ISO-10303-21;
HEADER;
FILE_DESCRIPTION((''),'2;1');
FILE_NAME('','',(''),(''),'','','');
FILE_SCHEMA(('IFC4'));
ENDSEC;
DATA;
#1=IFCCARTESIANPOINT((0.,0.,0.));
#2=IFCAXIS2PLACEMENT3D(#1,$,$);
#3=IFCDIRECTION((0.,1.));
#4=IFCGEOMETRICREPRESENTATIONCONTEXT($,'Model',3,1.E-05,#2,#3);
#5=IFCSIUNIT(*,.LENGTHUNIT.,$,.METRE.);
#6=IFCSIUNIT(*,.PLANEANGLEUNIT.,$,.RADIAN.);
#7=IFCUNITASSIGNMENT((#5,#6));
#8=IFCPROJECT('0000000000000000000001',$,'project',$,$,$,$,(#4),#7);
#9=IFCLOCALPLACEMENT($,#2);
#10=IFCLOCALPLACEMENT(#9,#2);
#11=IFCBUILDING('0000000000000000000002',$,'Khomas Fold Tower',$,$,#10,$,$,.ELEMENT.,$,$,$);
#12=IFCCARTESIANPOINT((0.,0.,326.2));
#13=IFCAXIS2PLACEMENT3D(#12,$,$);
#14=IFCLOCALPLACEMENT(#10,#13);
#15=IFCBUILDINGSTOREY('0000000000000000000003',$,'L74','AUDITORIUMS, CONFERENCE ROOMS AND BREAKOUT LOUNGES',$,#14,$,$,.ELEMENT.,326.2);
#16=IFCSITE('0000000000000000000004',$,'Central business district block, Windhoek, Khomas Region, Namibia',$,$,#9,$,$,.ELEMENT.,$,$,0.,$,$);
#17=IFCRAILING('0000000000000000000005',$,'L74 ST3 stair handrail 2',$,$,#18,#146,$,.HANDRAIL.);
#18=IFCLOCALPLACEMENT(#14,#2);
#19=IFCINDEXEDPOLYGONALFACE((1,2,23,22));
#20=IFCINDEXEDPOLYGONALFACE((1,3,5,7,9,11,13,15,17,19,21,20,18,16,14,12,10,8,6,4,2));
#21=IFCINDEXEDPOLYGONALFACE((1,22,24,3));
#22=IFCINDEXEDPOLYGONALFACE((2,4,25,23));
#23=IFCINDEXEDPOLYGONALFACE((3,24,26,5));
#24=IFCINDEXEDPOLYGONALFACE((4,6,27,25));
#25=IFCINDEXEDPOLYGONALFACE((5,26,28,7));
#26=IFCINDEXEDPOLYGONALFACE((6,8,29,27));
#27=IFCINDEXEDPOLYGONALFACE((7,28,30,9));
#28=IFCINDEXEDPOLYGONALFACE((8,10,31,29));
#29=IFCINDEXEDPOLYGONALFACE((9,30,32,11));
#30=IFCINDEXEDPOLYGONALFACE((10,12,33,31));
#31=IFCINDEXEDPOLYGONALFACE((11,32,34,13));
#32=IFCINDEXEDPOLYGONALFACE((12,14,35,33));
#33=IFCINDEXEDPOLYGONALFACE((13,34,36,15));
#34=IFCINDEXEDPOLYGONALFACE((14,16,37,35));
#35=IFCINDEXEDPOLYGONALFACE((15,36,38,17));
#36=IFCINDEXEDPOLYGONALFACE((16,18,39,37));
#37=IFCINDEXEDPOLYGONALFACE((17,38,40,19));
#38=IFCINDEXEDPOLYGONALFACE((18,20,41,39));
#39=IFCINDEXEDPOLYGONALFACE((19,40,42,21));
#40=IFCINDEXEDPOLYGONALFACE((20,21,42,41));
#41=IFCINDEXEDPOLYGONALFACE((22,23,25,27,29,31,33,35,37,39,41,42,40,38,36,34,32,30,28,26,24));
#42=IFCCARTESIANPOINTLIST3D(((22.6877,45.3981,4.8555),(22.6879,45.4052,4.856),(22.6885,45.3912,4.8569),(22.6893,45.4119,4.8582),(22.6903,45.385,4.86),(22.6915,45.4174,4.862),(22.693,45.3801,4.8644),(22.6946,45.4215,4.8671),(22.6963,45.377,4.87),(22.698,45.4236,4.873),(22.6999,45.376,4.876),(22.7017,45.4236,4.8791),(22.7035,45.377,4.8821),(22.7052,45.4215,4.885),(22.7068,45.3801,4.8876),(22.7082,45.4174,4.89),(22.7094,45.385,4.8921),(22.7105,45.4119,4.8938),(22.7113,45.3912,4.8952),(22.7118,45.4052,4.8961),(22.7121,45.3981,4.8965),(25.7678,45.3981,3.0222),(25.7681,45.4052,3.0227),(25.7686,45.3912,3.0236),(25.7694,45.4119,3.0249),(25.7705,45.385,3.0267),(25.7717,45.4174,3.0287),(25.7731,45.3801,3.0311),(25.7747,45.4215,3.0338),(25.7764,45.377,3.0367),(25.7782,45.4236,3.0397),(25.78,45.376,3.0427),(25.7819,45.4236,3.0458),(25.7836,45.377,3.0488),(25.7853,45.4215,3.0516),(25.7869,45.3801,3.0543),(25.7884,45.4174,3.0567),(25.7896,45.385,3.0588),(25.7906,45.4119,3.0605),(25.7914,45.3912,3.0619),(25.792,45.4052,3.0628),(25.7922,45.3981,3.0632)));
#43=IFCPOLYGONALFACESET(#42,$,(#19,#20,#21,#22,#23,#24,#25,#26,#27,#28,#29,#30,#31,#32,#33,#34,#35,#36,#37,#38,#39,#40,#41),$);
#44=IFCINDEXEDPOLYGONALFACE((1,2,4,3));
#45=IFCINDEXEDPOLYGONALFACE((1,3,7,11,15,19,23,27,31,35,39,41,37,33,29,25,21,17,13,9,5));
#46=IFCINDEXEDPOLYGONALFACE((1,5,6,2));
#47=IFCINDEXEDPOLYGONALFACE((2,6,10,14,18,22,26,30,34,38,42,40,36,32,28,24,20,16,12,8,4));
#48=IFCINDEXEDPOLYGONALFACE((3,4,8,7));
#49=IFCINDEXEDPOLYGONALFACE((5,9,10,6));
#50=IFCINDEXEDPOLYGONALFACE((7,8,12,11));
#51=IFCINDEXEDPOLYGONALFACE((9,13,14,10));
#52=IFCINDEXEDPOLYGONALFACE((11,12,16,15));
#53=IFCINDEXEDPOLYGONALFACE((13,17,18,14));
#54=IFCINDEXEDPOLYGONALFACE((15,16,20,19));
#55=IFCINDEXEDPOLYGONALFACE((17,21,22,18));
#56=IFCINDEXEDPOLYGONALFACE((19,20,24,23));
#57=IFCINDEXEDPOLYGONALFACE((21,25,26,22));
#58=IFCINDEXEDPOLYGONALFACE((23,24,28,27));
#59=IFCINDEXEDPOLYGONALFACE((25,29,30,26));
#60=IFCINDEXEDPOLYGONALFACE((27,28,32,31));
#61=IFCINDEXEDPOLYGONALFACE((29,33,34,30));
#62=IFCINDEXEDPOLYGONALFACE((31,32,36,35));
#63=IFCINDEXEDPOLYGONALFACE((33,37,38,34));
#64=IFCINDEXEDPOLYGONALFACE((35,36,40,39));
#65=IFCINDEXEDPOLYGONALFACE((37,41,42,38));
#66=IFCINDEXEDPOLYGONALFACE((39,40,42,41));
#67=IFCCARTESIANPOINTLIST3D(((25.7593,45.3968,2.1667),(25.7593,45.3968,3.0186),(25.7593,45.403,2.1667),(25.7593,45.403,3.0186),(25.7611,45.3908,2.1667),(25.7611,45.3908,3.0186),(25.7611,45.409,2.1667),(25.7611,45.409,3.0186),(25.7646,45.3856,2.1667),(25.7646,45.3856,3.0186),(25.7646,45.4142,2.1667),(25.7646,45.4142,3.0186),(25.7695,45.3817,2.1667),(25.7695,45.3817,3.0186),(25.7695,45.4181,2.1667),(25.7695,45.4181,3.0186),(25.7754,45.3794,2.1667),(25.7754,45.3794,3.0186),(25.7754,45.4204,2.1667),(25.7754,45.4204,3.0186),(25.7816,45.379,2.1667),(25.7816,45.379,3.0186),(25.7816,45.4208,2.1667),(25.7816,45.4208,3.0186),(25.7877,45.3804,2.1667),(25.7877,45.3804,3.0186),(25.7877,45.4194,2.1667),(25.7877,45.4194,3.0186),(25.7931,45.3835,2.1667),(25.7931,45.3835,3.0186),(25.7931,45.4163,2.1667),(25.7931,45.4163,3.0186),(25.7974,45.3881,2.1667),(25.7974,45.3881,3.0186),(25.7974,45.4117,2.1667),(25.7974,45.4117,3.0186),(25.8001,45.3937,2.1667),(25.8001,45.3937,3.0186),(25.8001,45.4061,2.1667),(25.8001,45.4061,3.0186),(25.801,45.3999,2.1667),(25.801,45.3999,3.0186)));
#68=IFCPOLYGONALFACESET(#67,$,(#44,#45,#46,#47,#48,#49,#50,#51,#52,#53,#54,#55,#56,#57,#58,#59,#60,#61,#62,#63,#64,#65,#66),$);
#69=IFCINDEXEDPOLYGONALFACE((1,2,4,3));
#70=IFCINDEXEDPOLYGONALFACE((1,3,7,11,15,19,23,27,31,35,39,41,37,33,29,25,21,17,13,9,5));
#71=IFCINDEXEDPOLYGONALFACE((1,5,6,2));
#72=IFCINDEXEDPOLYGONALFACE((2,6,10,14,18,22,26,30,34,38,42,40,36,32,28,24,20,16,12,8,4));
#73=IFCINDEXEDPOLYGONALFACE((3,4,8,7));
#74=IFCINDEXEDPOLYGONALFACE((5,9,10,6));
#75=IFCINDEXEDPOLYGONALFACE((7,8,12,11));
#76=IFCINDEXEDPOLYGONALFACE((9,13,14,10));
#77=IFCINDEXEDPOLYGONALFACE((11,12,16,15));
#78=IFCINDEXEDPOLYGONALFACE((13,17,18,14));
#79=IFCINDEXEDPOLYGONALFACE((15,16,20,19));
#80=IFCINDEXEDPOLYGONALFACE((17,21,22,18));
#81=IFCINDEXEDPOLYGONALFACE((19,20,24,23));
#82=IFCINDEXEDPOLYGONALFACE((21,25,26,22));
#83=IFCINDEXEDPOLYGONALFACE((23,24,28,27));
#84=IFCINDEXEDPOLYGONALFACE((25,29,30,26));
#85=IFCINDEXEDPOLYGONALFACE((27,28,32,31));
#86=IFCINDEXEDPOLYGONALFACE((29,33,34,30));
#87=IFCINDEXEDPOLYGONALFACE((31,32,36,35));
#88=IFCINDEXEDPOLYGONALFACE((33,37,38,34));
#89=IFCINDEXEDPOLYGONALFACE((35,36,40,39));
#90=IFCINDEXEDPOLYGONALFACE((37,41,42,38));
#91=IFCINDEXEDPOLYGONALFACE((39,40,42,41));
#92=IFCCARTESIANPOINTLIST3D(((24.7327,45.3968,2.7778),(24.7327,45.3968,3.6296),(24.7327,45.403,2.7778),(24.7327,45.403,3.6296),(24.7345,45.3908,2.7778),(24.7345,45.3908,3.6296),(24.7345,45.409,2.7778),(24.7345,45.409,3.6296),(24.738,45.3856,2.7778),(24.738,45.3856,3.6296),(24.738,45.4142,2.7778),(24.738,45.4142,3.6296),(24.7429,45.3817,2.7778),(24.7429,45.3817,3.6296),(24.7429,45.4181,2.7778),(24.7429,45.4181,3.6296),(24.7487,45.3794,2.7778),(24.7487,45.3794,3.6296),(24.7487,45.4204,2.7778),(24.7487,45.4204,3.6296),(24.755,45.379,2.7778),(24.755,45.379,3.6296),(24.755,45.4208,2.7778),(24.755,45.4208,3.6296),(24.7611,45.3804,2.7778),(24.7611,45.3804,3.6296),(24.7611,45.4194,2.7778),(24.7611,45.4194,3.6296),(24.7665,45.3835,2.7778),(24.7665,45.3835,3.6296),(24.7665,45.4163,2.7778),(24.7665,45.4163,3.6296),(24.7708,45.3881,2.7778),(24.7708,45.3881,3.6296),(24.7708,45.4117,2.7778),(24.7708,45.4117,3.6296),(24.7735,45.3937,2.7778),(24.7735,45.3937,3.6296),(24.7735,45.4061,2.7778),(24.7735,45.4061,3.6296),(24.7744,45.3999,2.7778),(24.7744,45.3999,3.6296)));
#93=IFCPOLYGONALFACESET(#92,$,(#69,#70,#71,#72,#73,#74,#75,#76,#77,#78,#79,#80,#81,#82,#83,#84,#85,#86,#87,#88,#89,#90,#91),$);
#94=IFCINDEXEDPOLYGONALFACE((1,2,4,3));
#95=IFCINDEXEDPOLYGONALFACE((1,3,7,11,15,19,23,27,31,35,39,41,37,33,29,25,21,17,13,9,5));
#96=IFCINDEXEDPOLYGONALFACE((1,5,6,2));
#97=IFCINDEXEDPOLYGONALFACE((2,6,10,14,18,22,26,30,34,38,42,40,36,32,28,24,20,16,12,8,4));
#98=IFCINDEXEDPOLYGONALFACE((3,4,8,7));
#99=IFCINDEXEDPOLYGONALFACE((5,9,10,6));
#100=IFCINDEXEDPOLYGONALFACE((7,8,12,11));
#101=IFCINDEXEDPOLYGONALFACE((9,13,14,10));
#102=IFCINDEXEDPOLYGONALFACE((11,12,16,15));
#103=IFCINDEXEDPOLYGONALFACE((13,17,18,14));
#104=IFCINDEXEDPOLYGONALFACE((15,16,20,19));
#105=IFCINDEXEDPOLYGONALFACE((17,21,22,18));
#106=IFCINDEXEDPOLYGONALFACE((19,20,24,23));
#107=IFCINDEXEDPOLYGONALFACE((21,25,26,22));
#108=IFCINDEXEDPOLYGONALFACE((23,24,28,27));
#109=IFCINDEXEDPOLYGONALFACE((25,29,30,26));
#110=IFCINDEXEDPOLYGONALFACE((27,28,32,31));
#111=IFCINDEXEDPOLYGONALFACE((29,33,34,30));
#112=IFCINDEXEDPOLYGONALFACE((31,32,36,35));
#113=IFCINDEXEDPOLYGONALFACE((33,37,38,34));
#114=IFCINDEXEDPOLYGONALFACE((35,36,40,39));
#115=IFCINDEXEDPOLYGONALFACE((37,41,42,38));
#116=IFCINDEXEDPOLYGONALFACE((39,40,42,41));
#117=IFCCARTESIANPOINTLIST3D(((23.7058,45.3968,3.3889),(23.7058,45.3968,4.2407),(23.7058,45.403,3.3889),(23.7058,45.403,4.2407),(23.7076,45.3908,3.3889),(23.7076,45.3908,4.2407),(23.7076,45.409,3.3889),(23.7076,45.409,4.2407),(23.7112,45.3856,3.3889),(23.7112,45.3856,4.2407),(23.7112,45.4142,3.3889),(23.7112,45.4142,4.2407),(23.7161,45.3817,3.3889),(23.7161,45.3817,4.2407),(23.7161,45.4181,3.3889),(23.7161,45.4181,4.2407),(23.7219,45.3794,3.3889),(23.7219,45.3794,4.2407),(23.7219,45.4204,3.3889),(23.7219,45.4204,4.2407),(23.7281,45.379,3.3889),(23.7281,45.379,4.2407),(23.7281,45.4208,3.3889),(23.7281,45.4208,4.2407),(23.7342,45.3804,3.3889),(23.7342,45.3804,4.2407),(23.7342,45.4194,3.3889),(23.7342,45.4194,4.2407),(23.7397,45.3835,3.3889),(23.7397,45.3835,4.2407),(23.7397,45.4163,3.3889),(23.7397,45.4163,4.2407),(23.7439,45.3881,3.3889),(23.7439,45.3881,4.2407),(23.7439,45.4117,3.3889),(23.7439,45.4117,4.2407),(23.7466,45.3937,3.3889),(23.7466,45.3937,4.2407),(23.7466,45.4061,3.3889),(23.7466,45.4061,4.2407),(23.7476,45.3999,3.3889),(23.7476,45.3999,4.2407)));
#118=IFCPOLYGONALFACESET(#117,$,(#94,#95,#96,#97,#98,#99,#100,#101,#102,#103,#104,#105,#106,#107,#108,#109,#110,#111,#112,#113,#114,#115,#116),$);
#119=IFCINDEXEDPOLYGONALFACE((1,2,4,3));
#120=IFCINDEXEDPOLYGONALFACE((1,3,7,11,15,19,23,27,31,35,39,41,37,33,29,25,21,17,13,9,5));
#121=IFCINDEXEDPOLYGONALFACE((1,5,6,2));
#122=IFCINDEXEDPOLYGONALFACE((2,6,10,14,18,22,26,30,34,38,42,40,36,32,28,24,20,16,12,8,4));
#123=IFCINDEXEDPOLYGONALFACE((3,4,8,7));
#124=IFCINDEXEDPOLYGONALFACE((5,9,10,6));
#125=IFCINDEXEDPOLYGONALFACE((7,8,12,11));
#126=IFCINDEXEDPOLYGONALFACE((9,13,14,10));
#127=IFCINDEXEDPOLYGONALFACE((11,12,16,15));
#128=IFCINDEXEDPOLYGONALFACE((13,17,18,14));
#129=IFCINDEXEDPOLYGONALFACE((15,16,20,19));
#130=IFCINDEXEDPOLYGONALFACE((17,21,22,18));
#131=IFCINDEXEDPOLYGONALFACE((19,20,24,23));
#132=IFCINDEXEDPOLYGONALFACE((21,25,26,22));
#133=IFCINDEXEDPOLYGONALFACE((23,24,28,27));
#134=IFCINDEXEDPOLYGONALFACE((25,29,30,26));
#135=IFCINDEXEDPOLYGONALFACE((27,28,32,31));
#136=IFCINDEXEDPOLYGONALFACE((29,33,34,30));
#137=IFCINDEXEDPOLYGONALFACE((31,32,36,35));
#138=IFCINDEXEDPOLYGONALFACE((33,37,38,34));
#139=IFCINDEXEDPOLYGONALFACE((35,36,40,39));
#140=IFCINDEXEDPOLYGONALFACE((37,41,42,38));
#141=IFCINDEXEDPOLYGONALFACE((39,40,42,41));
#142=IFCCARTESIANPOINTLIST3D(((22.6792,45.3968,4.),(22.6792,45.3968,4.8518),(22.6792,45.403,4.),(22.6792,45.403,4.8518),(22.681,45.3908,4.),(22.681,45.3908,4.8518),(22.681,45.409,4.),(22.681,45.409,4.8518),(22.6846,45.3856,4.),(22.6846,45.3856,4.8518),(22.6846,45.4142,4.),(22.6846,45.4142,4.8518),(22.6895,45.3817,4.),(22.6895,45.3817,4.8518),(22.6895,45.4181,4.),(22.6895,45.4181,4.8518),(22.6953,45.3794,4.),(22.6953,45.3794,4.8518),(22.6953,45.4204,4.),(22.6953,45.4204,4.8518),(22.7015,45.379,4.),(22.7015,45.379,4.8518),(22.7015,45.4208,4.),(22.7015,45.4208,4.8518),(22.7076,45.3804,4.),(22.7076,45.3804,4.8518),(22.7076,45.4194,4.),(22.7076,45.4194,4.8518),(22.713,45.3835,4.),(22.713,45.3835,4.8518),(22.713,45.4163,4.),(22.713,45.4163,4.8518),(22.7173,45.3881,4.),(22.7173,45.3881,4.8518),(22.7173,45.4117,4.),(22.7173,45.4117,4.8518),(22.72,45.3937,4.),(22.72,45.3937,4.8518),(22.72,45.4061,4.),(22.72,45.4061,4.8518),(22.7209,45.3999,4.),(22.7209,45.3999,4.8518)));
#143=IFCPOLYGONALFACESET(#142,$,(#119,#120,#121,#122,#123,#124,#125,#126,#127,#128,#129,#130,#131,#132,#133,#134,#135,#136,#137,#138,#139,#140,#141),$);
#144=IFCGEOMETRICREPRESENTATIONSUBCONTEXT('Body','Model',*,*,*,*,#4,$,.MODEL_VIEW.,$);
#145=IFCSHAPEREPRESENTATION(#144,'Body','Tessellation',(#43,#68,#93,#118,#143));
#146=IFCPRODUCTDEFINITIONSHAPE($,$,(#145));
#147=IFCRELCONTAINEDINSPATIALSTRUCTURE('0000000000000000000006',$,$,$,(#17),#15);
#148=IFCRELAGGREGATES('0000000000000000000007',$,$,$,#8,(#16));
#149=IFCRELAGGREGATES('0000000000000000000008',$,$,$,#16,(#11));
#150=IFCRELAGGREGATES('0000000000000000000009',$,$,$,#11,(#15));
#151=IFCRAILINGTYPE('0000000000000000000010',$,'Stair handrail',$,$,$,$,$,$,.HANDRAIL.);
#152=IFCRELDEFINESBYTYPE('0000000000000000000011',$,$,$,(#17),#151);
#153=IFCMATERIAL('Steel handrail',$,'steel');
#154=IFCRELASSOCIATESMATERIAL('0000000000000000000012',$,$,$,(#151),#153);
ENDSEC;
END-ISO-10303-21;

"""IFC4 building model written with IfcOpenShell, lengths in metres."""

from ifc_helpers import new_model, si_unit, direction, frame, origin, origin_2d, place, context, subcontext, project, spatial, circle, extrude, source, transform, mapped, material, type_object, element, save


model = new_model("IFC4")

# Units and contexts
model_context = context("Model", 3, precision=1e-05, world=origin(), true_north=direction((0.0, 1.0)))
body_context = subcontext(model_context, "Body", "Model", "MODEL_VIEW")
ifc_project = project(units=[si_unit("LENGTHUNIT", "METRE"), si_unit("PLANEANGLEUNIT", "RADIAN")], contexts=[model_context])

# Site, building, storey
site_placement = place(None, origin())
site = spatial("IfcSite", under=ifc_project, at=site_placement, Name="Central business district block, Windhoek, Khomas Region, Namibia", CompositionType="ELEMENT", RefElevation=0.0)
building_placement = place(site_placement, origin())
building = spatial("IfcBuilding", under=site, at=building_placement, Name="Khomas Fold Tower", CompositionType="ELEMENT")
storey_placement = place(building_placement, frame((0.0, 0.0, 326.2)))
storey = spatial("IfcBuildingStorey", under=building, at=storey_placement, Name="L74", Description="AUDITORIUMS, CONFERENCE ROOMS AND BREAKOUT LOUNGES", CompositionType="ELEMENT", Elevation=326.2)

# Railing
ifc_material_1 = material(Name="Steel handrail", Category="steel")
railing_type_1 = type_object("IfcRailingType", Name="Stair handrail", PredefinedType="HANDRAIL", material=ifc_material_1)
shared_shape_1 = source(origin(), body_context, "Body", "SweptSolid", [
    extrude(circle(Radius=0.0239, at=origin_2d()), frame((0.0, 0.0, 0.876), z_axis=(-0.859309, 0.0, 0.511458), x_axis=(0.0, -1.0, 0.0)), (0.0, 0.0, 1.0), 3.5845),
    extrude(circle(Radius=0.021, at=origin_2d()), origin(), (0.0, 0.0, 1.0), 0.8518),
    extrude(circle(Radius=0.021, at=origin_2d()), frame((-1.0266, 0.0, 0.6111)), (0.0, 0.0, 1.0), 0.8518),
    extrude(circle(Radius=0.021, at=origin_2d()), frame((-2.0535, 0.0, 1.2222)), (0.0, 0.0, 1.0), 0.8518),
    extrude(circle(Radius=0.021, at=origin_2d()), frame((-3.0801, 0.0, 1.8333)), (0.0, 0.0, 1.0), 0.8518),
])
railing_1_placement = place(storey_placement, frame((25.78, 45.3999, 2.1667)))
element("IfcRailing", 1, at=railing_1_placement, inside=storey, type_object=railing_type_1, Name="L74 ST3 stair handrail 2", PredefinedType="HANDRAIL", context=body_context, shape_type="MappedRepresentation", body=[
    mapped(shared_shape_1, transform((0.0, 0.0, 0.0))),
])

save(model, "model.ifc")
